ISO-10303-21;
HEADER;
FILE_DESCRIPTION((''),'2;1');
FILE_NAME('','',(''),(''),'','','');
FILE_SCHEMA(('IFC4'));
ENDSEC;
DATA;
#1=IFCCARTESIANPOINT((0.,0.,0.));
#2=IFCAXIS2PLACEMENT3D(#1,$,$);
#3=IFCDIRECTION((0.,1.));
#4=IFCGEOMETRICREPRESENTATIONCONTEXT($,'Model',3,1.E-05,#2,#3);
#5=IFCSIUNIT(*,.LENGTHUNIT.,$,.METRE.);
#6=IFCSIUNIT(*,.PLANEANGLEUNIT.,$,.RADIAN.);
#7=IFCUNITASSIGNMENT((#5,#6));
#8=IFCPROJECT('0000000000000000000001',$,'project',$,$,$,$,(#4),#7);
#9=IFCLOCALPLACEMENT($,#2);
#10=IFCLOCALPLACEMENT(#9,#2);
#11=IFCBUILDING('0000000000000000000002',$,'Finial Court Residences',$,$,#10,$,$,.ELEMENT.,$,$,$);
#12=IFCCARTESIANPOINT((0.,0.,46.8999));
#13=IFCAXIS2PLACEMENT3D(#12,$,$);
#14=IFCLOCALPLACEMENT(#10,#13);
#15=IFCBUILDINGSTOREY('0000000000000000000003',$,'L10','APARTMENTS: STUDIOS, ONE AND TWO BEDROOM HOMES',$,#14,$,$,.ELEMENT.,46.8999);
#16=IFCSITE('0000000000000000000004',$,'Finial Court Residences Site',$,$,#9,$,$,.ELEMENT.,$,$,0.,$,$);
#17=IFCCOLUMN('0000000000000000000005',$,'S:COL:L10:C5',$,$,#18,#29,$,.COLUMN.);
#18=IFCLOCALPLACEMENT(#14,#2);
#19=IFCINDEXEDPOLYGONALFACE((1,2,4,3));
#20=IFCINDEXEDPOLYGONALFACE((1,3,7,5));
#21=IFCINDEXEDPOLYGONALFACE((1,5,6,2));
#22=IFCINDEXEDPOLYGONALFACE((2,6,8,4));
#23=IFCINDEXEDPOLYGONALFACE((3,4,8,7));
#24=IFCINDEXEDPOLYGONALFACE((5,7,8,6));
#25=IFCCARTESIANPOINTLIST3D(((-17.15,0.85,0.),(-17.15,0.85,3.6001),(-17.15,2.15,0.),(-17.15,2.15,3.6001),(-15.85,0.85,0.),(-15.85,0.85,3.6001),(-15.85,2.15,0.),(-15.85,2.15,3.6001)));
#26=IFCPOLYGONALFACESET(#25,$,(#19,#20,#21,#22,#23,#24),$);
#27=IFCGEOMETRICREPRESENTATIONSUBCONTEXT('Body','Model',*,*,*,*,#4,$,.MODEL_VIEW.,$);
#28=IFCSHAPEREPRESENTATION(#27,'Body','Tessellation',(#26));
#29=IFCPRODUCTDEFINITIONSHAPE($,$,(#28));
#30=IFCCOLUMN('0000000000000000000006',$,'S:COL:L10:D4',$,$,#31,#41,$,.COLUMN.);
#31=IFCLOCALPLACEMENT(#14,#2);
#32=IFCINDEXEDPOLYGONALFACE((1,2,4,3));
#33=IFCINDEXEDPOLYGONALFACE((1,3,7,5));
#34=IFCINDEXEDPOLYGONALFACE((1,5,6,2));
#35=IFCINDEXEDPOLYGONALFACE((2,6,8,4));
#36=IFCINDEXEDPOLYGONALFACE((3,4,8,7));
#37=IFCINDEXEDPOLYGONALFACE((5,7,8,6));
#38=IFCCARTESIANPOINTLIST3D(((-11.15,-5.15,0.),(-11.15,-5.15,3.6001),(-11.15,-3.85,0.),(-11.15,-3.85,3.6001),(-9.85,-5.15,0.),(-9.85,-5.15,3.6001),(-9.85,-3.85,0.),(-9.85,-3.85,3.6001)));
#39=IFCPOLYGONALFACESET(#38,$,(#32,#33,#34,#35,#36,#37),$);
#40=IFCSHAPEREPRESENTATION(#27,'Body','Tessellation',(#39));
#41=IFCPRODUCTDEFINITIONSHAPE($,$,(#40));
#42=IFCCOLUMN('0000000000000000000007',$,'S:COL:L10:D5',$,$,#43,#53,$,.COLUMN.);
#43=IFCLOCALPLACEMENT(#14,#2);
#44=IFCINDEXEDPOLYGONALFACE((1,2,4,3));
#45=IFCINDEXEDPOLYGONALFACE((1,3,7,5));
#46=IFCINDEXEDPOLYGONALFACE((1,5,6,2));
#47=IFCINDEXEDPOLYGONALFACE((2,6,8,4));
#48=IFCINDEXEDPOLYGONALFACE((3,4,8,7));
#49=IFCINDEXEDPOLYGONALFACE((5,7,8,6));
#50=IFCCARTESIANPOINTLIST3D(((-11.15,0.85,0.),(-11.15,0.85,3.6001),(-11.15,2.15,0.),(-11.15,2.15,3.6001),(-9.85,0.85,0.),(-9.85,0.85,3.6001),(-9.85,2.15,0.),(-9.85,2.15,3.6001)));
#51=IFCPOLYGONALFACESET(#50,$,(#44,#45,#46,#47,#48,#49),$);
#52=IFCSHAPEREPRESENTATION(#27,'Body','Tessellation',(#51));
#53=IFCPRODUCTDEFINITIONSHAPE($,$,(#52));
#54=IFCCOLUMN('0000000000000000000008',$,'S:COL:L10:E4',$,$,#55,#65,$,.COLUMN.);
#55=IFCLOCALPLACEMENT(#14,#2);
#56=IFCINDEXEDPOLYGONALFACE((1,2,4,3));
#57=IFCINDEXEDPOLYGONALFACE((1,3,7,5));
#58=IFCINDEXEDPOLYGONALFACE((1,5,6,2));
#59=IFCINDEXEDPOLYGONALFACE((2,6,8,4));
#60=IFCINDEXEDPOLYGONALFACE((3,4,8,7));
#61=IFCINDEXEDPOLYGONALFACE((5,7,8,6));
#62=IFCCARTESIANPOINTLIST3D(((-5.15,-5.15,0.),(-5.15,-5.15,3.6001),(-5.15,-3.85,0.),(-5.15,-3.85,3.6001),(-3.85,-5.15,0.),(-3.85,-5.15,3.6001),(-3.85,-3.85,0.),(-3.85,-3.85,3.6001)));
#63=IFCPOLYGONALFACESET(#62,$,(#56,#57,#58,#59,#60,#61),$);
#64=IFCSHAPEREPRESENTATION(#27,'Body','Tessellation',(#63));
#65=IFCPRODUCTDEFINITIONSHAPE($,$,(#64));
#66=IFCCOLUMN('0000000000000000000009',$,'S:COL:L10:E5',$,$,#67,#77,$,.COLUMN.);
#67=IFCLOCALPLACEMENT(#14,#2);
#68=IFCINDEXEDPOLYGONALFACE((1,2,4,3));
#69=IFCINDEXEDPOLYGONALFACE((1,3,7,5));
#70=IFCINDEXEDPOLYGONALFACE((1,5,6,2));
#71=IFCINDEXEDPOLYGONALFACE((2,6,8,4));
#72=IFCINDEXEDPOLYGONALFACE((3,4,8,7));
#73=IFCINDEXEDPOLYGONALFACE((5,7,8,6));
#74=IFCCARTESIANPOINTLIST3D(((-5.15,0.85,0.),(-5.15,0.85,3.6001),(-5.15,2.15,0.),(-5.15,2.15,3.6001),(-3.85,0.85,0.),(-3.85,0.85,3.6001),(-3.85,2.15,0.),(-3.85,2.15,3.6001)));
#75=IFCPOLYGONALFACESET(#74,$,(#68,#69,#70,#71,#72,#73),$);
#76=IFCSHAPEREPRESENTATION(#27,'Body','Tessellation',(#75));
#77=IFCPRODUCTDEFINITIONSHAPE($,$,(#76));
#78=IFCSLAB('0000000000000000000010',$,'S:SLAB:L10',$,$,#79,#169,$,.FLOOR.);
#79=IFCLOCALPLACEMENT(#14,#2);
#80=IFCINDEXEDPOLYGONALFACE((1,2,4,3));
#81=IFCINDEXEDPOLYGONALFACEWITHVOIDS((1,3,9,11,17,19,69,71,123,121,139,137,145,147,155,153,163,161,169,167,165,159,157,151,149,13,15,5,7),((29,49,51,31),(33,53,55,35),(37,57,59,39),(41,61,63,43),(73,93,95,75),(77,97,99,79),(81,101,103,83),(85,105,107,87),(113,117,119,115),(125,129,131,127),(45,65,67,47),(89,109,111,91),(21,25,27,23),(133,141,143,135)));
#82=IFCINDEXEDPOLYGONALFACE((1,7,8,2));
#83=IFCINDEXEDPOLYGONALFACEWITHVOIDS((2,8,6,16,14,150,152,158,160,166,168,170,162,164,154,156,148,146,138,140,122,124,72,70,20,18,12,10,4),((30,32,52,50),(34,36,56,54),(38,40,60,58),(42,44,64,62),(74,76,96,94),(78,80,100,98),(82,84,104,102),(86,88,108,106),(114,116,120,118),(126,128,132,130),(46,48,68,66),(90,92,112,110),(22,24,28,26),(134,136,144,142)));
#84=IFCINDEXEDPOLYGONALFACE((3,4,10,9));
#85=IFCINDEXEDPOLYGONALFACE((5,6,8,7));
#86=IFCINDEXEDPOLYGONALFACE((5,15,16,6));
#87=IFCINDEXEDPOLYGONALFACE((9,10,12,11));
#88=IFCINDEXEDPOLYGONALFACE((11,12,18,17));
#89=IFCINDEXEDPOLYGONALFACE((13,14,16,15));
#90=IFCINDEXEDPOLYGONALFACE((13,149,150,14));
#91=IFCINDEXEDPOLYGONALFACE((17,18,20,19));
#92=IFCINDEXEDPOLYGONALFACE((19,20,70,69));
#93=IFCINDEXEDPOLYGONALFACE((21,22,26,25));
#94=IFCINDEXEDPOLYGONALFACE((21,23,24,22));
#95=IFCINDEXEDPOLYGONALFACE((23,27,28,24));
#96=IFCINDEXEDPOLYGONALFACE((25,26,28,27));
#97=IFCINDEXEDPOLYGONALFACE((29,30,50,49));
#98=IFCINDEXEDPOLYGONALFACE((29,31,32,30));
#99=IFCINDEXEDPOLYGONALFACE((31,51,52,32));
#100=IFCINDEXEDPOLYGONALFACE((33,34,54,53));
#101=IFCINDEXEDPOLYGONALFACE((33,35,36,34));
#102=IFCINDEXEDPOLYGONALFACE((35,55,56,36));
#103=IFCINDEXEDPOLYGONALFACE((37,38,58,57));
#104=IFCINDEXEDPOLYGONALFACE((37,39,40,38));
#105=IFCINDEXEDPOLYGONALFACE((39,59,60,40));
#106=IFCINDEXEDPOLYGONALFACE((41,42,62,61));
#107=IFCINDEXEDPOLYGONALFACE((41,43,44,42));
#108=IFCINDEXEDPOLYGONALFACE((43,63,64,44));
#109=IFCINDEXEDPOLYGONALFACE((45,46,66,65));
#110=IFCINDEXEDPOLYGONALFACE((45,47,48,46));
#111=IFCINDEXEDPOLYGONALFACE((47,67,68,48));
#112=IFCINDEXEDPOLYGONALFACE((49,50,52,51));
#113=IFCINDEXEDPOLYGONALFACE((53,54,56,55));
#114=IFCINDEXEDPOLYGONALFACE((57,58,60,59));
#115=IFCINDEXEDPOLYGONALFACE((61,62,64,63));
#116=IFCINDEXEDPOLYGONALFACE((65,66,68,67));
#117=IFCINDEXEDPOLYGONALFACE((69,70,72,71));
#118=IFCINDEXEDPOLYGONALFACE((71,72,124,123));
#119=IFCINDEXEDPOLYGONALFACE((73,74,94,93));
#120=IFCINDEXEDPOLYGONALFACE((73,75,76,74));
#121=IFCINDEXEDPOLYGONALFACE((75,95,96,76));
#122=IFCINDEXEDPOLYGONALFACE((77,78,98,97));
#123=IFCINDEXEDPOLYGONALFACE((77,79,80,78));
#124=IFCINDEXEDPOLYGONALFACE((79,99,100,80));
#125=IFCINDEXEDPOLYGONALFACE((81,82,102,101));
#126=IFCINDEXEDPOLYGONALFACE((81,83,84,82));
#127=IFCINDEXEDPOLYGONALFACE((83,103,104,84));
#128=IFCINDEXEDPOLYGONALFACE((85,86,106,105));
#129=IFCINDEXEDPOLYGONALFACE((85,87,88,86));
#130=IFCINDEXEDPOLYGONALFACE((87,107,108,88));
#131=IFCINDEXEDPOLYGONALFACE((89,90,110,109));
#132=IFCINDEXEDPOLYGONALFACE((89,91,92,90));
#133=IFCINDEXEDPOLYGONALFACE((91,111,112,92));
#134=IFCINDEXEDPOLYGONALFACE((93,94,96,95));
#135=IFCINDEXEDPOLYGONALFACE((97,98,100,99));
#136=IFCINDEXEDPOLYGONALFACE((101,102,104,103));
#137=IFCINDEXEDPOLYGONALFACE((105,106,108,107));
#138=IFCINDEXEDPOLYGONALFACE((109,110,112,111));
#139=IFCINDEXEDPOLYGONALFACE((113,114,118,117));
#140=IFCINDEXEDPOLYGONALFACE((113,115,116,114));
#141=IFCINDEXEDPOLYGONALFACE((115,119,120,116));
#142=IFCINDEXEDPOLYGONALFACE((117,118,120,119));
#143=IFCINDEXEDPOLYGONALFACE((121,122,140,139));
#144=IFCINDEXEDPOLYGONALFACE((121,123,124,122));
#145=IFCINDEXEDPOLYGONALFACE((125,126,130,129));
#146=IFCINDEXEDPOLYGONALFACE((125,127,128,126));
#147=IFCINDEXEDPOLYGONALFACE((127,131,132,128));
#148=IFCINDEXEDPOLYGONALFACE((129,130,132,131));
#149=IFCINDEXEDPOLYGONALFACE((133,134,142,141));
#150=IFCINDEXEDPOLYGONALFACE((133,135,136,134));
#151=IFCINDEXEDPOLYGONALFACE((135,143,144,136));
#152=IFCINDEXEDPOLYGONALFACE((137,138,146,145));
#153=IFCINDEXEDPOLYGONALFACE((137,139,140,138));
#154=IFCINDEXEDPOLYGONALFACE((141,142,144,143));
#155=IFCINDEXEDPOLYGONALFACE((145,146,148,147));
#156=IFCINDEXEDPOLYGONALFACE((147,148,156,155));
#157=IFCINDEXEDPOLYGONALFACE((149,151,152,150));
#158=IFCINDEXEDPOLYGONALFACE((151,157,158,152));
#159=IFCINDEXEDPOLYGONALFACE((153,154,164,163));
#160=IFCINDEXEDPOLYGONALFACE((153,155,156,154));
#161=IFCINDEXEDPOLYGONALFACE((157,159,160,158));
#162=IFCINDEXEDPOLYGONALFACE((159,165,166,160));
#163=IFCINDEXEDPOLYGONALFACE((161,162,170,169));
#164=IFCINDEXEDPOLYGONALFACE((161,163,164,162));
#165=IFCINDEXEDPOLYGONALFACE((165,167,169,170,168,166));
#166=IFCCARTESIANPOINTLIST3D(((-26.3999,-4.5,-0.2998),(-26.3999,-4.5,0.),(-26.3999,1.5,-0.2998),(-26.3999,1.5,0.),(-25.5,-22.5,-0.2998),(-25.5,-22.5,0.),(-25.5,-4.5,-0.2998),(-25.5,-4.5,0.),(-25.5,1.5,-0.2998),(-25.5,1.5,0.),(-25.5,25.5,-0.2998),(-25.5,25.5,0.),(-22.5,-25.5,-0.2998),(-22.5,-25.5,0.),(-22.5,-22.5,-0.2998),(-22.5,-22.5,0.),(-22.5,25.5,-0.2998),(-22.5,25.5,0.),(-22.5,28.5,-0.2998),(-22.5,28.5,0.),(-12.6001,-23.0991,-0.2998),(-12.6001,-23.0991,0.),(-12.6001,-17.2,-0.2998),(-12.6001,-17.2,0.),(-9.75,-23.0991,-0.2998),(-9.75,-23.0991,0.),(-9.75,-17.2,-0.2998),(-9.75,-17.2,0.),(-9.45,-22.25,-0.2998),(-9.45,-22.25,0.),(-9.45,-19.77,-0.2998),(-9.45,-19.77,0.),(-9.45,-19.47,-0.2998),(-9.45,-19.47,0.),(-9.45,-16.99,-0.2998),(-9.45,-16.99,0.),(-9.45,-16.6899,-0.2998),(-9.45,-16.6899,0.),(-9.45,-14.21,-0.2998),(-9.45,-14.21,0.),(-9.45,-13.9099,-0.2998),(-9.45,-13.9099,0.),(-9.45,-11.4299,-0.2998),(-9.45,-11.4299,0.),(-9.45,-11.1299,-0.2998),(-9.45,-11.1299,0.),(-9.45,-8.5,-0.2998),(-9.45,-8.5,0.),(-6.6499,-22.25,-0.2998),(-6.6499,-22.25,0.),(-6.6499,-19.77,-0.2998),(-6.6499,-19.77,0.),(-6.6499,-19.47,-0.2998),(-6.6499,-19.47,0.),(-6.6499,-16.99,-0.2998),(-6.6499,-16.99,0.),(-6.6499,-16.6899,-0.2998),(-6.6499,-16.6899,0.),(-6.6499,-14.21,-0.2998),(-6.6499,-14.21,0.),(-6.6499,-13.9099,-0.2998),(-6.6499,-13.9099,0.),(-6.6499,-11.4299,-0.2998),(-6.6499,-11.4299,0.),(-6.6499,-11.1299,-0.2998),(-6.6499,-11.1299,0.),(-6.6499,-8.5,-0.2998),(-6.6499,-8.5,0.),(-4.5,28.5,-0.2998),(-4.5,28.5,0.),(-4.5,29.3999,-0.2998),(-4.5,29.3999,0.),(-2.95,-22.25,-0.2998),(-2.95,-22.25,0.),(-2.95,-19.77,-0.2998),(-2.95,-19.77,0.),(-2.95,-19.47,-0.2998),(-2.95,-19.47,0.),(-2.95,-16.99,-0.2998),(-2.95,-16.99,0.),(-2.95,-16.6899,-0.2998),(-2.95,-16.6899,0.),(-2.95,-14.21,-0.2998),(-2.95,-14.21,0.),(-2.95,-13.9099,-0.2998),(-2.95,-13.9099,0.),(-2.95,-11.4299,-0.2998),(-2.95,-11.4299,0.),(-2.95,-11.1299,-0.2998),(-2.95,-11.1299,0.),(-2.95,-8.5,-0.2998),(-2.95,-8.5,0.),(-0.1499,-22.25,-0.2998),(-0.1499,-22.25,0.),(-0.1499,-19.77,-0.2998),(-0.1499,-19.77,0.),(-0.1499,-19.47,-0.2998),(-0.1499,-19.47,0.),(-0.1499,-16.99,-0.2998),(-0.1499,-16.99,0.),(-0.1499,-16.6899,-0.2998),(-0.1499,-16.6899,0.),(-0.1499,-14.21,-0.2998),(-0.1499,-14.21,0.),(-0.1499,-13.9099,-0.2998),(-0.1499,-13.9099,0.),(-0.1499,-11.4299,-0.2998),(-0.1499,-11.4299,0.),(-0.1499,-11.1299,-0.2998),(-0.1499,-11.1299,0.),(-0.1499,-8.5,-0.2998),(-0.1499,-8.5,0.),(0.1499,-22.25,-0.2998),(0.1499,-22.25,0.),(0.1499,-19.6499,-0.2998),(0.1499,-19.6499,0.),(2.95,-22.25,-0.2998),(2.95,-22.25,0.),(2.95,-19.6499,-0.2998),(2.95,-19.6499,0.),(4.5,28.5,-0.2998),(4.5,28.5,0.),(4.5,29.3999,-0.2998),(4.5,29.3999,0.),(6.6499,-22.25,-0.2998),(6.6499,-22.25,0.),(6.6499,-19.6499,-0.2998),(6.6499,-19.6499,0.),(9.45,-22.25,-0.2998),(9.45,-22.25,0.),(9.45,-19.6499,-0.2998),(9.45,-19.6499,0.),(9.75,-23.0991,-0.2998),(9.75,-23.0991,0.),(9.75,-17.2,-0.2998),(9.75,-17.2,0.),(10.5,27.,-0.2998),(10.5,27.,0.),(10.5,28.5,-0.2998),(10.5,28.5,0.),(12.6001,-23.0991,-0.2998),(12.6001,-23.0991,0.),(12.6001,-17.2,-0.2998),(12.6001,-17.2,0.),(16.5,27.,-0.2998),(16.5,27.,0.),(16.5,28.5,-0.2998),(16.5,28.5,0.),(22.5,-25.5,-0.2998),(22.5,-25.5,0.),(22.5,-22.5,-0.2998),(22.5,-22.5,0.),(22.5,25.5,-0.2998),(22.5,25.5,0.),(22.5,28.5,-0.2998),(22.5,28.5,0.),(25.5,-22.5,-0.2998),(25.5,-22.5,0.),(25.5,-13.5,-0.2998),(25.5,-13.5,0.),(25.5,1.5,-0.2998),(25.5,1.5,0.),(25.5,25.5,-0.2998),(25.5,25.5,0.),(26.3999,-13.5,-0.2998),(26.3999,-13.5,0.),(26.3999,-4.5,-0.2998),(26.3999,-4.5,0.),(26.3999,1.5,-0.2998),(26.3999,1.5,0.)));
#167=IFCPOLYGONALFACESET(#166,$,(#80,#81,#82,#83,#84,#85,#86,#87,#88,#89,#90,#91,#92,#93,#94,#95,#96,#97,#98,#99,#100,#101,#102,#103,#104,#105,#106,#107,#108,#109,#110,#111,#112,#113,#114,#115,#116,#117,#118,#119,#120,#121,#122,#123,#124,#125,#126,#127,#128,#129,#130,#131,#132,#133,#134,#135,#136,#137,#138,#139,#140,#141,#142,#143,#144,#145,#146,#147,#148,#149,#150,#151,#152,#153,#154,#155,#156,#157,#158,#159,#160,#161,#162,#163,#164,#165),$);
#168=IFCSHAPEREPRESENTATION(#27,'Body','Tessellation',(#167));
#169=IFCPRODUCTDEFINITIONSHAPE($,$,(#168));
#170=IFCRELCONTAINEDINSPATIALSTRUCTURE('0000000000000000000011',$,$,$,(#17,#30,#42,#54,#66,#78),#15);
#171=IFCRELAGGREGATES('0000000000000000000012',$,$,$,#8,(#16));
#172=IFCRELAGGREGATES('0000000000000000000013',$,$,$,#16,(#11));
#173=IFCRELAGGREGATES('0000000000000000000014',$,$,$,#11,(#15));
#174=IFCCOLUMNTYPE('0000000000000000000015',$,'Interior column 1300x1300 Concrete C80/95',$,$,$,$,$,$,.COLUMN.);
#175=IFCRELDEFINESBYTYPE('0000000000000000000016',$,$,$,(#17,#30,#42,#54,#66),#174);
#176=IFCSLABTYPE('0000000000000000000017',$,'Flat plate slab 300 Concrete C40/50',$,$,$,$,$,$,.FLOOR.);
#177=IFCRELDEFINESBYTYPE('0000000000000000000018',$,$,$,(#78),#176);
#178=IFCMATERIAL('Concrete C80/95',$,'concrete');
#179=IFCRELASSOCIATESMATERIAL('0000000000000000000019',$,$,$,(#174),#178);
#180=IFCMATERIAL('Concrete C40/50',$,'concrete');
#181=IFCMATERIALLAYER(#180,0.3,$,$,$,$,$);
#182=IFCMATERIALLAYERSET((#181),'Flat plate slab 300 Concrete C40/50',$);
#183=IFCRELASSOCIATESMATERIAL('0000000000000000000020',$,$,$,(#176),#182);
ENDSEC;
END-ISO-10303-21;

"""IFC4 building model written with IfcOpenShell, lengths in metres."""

from ifc_helpers import new_model, si_unit, direction, frame, origin, origin_2d, place, context, subcontext, project, spatial, polyline, rectangle, outline, extrude, material, layer, layer_set, material_profile, profile_set, type_object, element, save


model = new_model("IFC4")

# Units and contexts
model_context = context("Model", 3, precision=1e-05, world=origin(), true_north=direction((0.0, 1.0)))
body_context = subcontext(model_context, "Body", "Model", "MODEL_VIEW")
ifc_project = project(units=[si_unit("LENGTHUNIT", "METRE"), si_unit("PLANEANGLEUNIT", "RADIAN")], contexts=[model_context])

# Site, building, storey
site_placement = place(None, origin())
site = spatial("IfcSite", under=ifc_project, at=site_placement, Name="Finial Court Residences Site", CompositionType="ELEMENT", RefElevation=0.0)
building_placement = place(site_placement, origin())
building = spatial("IfcBuilding", under=site, at=building_placement, Name="Finial Court Residences", CompositionType="ELEMENT")
storey_placement = place(building_placement, frame((0.0, 0.0, 46.8999)))
storey = spatial("IfcBuildingStorey", under=building, at=storey_placement, Name="L10", Description="APARTMENTS: STUDIOS, ONE AND TWO BEDROOM HOMES", CompositionType="ELEMENT", Elevation=46.8999)

# Columns
ifc_material_1 = material(Name="Concrete C80/95", Category="concrete")
ifc_material_profile = material_profile(ifc_material_1, rectangle(XDim=1.3, YDim=1.3, at=origin_2d()), Name="1300x1300")
ifc_profile_set = profile_set([ifc_material_profile], Name="Concrete C80/95")
column_type = type_object("IfcColumnType", Name="Interior column 1300x1300 Concrete C80/95", PredefinedType="COLUMN", material=ifc_profile_set)
for number, where, z_axis, x_axis, name in (
    (1, (-16.5, 1.5, 0.0), (0.0, 0.0, 1.0), (1.0, 0.0, 0.0), "S:COL:L10:C5"),
    (2, (-10.5, -4.5, 0.0), (0.0, 0.0, 1.0), (1.0, 0.0, 0.0), "S:COL:L10:D4"),
    (3, (-10.5, 1.5, 0.0), (0.0, 0.0, 1.0), (1.0, 0.0, 0.0), "S:COL:L10:D5"),
    (4, (-4.5, -4.5, 0.0), (0.0, 0.0, 1.0), (1.0, 0.0, 0.0), "S:COL:L10:E4"),
    (5, (-4.5, 1.5, 0.0), (0.0, 0.0, 1.0), (1.0, 0.0, 0.0), "S:COL:L10:E5"),
):
    element("IfcColumn", number, at=place(storey_placement, frame(where, z_axis=z_axis, x_axis=x_axis)), inside=storey, type_object=column_type, Name=name, PredefinedType="COLUMN", context=body_context, shape_type="SweptSolid", body=[
        extrude(rectangle(XDim=1.3, YDim=1.3, at=origin_2d()), origin(), (0.0, 0.0, 1.0), 3.6001),
    ])

# Slab
ifc_material_2 = material(Name="Concrete C40/50", Category="concrete")
ifc_layer_1 = layer(ifc_material_2, 0.3)
ifc_layer_set_1 = layer_set([ifc_layer_1], Name="Flat plate slab 300 Concrete C40/50")
slab_type = type_object("IfcSlabType", Name="Flat plate slab 300 Concrete C40/50", PredefinedType="FLOOR", material=ifc_layer_set_1)
slab_placement = place(storey_placement, frame((0.0, 0.0, -0.2998)))
element("IfcSlab", 6, at=slab_placement, inside=storey, type_object=slab_type, Name="S:SLAB:L10", PredefinedType="FLOOR", context=body_context, shape_type="SweptSolid", body=[
    extrude(outline(polyline([(26.3999, 1.5), (26.3999, -4.5), (26.3999, -13.5), (25.5, -13.5), (25.5, -22.5), (22.5, -22.5), (22.5, -25.5), (-22.5, -25.5), (-22.5, -22.5), (-25.5, -22.5), (-25.5, -4.5), (-26.3999, -4.5), (-26.3999, 1.5), (-25.5, 1.5), (-25.5, 25.5), (-22.5, 25.5), (-22.5, 28.5), (-4.5, 28.5), (-4.5, 29.3999), (4.5, 29.3999), (4.5, 28.5), (10.5, 28.5), (10.5, 27.0), (16.5, 27.0), (16.5, 28.5), (22.5, 28.5), (22.5, 25.5), (25.5, 25.5), (25.5, 1.5), (26.3999, 1.5)]), holes=[polyline([(-6.6499, -19.77), (-9.45, -19.77), (-9.45, -22.25), (-6.6499, -22.25), (-6.6499, -19.77)]), polyline([(-9.75, -17.2), (-12.6001, -17.2), (-12.6001, -23.0991), (-9.75, -23.0991), (-9.75, -17.2)]), polyline([(-6.6499, -19.47), (-6.6499, -16.99), (-9.45, -16.99), (-9.45, -19.47), (-6.6499, -19.47)]), polyline([(-6.6499, -16.6899), (-6.6499, -14.21), (-9.45, -14.21), (-9.45, -16.6899), (-6.6499, -16.6899)]), polyline([(-6.6499, -13.9099), (-6.6499, -11.4299), (-9.45, -11.4299), (-9.45, -13.9099), (-6.6499, -13.9099)]), polyline([(-6.6499, -11.1299), (-6.6499, -8.5), (-9.45, -8.5), (-9.45, -11.1299), (-6.6499, -11.1299)]), polyline([(-0.1499, -11.1299), (-0.1499, -8.5), (-2.95, -8.5), (-2.95, -11.1299), (-0.1499, -11.1299)]), polyline([(-0.1499, -19.77), (-2.95, -19.77), (-2.95, -22.25), (-0.1499, -22.25), (-0.1499, -19.77)]), polyline([(2.95, -22.25), (2.95, -19.6499), (0.1499, -19.6499), (0.1499, -22.25), (2.95, -22.25)]), polyline([(9.45, -22.25), (9.45, -19.6499), (6.6499, -19.6499), (6.6499, -22.25), (9.45, -22.25)]), polyline([(12.6001, -17.2), (9.75, -17.2), (9.75, -23.0991), (12.6001, -23.0991), (12.6001, -17.2)]), polyline([(-0.1499, -19.47), (-0.1499, -16.99), (-2.95, -16.99), (-2.95, -19.47), (-0.1499, -19.47)]), polyline([(-0.1499, -16.6899), (-0.1499, -14.21), (-2.95, -14.21), (-2.95, -16.6899), (-0.1499, -16.6899)]), polyline([(-0.1499, -13.9099), (-0.1499, -11.4299), (-2.95, -11.4299), (-2.95, -13.9099), (-0.1499, -13.9099)])]), origin(), (0.0, 0.0, 1.0), 0.2998),
])

save(model, "model.ifc")
